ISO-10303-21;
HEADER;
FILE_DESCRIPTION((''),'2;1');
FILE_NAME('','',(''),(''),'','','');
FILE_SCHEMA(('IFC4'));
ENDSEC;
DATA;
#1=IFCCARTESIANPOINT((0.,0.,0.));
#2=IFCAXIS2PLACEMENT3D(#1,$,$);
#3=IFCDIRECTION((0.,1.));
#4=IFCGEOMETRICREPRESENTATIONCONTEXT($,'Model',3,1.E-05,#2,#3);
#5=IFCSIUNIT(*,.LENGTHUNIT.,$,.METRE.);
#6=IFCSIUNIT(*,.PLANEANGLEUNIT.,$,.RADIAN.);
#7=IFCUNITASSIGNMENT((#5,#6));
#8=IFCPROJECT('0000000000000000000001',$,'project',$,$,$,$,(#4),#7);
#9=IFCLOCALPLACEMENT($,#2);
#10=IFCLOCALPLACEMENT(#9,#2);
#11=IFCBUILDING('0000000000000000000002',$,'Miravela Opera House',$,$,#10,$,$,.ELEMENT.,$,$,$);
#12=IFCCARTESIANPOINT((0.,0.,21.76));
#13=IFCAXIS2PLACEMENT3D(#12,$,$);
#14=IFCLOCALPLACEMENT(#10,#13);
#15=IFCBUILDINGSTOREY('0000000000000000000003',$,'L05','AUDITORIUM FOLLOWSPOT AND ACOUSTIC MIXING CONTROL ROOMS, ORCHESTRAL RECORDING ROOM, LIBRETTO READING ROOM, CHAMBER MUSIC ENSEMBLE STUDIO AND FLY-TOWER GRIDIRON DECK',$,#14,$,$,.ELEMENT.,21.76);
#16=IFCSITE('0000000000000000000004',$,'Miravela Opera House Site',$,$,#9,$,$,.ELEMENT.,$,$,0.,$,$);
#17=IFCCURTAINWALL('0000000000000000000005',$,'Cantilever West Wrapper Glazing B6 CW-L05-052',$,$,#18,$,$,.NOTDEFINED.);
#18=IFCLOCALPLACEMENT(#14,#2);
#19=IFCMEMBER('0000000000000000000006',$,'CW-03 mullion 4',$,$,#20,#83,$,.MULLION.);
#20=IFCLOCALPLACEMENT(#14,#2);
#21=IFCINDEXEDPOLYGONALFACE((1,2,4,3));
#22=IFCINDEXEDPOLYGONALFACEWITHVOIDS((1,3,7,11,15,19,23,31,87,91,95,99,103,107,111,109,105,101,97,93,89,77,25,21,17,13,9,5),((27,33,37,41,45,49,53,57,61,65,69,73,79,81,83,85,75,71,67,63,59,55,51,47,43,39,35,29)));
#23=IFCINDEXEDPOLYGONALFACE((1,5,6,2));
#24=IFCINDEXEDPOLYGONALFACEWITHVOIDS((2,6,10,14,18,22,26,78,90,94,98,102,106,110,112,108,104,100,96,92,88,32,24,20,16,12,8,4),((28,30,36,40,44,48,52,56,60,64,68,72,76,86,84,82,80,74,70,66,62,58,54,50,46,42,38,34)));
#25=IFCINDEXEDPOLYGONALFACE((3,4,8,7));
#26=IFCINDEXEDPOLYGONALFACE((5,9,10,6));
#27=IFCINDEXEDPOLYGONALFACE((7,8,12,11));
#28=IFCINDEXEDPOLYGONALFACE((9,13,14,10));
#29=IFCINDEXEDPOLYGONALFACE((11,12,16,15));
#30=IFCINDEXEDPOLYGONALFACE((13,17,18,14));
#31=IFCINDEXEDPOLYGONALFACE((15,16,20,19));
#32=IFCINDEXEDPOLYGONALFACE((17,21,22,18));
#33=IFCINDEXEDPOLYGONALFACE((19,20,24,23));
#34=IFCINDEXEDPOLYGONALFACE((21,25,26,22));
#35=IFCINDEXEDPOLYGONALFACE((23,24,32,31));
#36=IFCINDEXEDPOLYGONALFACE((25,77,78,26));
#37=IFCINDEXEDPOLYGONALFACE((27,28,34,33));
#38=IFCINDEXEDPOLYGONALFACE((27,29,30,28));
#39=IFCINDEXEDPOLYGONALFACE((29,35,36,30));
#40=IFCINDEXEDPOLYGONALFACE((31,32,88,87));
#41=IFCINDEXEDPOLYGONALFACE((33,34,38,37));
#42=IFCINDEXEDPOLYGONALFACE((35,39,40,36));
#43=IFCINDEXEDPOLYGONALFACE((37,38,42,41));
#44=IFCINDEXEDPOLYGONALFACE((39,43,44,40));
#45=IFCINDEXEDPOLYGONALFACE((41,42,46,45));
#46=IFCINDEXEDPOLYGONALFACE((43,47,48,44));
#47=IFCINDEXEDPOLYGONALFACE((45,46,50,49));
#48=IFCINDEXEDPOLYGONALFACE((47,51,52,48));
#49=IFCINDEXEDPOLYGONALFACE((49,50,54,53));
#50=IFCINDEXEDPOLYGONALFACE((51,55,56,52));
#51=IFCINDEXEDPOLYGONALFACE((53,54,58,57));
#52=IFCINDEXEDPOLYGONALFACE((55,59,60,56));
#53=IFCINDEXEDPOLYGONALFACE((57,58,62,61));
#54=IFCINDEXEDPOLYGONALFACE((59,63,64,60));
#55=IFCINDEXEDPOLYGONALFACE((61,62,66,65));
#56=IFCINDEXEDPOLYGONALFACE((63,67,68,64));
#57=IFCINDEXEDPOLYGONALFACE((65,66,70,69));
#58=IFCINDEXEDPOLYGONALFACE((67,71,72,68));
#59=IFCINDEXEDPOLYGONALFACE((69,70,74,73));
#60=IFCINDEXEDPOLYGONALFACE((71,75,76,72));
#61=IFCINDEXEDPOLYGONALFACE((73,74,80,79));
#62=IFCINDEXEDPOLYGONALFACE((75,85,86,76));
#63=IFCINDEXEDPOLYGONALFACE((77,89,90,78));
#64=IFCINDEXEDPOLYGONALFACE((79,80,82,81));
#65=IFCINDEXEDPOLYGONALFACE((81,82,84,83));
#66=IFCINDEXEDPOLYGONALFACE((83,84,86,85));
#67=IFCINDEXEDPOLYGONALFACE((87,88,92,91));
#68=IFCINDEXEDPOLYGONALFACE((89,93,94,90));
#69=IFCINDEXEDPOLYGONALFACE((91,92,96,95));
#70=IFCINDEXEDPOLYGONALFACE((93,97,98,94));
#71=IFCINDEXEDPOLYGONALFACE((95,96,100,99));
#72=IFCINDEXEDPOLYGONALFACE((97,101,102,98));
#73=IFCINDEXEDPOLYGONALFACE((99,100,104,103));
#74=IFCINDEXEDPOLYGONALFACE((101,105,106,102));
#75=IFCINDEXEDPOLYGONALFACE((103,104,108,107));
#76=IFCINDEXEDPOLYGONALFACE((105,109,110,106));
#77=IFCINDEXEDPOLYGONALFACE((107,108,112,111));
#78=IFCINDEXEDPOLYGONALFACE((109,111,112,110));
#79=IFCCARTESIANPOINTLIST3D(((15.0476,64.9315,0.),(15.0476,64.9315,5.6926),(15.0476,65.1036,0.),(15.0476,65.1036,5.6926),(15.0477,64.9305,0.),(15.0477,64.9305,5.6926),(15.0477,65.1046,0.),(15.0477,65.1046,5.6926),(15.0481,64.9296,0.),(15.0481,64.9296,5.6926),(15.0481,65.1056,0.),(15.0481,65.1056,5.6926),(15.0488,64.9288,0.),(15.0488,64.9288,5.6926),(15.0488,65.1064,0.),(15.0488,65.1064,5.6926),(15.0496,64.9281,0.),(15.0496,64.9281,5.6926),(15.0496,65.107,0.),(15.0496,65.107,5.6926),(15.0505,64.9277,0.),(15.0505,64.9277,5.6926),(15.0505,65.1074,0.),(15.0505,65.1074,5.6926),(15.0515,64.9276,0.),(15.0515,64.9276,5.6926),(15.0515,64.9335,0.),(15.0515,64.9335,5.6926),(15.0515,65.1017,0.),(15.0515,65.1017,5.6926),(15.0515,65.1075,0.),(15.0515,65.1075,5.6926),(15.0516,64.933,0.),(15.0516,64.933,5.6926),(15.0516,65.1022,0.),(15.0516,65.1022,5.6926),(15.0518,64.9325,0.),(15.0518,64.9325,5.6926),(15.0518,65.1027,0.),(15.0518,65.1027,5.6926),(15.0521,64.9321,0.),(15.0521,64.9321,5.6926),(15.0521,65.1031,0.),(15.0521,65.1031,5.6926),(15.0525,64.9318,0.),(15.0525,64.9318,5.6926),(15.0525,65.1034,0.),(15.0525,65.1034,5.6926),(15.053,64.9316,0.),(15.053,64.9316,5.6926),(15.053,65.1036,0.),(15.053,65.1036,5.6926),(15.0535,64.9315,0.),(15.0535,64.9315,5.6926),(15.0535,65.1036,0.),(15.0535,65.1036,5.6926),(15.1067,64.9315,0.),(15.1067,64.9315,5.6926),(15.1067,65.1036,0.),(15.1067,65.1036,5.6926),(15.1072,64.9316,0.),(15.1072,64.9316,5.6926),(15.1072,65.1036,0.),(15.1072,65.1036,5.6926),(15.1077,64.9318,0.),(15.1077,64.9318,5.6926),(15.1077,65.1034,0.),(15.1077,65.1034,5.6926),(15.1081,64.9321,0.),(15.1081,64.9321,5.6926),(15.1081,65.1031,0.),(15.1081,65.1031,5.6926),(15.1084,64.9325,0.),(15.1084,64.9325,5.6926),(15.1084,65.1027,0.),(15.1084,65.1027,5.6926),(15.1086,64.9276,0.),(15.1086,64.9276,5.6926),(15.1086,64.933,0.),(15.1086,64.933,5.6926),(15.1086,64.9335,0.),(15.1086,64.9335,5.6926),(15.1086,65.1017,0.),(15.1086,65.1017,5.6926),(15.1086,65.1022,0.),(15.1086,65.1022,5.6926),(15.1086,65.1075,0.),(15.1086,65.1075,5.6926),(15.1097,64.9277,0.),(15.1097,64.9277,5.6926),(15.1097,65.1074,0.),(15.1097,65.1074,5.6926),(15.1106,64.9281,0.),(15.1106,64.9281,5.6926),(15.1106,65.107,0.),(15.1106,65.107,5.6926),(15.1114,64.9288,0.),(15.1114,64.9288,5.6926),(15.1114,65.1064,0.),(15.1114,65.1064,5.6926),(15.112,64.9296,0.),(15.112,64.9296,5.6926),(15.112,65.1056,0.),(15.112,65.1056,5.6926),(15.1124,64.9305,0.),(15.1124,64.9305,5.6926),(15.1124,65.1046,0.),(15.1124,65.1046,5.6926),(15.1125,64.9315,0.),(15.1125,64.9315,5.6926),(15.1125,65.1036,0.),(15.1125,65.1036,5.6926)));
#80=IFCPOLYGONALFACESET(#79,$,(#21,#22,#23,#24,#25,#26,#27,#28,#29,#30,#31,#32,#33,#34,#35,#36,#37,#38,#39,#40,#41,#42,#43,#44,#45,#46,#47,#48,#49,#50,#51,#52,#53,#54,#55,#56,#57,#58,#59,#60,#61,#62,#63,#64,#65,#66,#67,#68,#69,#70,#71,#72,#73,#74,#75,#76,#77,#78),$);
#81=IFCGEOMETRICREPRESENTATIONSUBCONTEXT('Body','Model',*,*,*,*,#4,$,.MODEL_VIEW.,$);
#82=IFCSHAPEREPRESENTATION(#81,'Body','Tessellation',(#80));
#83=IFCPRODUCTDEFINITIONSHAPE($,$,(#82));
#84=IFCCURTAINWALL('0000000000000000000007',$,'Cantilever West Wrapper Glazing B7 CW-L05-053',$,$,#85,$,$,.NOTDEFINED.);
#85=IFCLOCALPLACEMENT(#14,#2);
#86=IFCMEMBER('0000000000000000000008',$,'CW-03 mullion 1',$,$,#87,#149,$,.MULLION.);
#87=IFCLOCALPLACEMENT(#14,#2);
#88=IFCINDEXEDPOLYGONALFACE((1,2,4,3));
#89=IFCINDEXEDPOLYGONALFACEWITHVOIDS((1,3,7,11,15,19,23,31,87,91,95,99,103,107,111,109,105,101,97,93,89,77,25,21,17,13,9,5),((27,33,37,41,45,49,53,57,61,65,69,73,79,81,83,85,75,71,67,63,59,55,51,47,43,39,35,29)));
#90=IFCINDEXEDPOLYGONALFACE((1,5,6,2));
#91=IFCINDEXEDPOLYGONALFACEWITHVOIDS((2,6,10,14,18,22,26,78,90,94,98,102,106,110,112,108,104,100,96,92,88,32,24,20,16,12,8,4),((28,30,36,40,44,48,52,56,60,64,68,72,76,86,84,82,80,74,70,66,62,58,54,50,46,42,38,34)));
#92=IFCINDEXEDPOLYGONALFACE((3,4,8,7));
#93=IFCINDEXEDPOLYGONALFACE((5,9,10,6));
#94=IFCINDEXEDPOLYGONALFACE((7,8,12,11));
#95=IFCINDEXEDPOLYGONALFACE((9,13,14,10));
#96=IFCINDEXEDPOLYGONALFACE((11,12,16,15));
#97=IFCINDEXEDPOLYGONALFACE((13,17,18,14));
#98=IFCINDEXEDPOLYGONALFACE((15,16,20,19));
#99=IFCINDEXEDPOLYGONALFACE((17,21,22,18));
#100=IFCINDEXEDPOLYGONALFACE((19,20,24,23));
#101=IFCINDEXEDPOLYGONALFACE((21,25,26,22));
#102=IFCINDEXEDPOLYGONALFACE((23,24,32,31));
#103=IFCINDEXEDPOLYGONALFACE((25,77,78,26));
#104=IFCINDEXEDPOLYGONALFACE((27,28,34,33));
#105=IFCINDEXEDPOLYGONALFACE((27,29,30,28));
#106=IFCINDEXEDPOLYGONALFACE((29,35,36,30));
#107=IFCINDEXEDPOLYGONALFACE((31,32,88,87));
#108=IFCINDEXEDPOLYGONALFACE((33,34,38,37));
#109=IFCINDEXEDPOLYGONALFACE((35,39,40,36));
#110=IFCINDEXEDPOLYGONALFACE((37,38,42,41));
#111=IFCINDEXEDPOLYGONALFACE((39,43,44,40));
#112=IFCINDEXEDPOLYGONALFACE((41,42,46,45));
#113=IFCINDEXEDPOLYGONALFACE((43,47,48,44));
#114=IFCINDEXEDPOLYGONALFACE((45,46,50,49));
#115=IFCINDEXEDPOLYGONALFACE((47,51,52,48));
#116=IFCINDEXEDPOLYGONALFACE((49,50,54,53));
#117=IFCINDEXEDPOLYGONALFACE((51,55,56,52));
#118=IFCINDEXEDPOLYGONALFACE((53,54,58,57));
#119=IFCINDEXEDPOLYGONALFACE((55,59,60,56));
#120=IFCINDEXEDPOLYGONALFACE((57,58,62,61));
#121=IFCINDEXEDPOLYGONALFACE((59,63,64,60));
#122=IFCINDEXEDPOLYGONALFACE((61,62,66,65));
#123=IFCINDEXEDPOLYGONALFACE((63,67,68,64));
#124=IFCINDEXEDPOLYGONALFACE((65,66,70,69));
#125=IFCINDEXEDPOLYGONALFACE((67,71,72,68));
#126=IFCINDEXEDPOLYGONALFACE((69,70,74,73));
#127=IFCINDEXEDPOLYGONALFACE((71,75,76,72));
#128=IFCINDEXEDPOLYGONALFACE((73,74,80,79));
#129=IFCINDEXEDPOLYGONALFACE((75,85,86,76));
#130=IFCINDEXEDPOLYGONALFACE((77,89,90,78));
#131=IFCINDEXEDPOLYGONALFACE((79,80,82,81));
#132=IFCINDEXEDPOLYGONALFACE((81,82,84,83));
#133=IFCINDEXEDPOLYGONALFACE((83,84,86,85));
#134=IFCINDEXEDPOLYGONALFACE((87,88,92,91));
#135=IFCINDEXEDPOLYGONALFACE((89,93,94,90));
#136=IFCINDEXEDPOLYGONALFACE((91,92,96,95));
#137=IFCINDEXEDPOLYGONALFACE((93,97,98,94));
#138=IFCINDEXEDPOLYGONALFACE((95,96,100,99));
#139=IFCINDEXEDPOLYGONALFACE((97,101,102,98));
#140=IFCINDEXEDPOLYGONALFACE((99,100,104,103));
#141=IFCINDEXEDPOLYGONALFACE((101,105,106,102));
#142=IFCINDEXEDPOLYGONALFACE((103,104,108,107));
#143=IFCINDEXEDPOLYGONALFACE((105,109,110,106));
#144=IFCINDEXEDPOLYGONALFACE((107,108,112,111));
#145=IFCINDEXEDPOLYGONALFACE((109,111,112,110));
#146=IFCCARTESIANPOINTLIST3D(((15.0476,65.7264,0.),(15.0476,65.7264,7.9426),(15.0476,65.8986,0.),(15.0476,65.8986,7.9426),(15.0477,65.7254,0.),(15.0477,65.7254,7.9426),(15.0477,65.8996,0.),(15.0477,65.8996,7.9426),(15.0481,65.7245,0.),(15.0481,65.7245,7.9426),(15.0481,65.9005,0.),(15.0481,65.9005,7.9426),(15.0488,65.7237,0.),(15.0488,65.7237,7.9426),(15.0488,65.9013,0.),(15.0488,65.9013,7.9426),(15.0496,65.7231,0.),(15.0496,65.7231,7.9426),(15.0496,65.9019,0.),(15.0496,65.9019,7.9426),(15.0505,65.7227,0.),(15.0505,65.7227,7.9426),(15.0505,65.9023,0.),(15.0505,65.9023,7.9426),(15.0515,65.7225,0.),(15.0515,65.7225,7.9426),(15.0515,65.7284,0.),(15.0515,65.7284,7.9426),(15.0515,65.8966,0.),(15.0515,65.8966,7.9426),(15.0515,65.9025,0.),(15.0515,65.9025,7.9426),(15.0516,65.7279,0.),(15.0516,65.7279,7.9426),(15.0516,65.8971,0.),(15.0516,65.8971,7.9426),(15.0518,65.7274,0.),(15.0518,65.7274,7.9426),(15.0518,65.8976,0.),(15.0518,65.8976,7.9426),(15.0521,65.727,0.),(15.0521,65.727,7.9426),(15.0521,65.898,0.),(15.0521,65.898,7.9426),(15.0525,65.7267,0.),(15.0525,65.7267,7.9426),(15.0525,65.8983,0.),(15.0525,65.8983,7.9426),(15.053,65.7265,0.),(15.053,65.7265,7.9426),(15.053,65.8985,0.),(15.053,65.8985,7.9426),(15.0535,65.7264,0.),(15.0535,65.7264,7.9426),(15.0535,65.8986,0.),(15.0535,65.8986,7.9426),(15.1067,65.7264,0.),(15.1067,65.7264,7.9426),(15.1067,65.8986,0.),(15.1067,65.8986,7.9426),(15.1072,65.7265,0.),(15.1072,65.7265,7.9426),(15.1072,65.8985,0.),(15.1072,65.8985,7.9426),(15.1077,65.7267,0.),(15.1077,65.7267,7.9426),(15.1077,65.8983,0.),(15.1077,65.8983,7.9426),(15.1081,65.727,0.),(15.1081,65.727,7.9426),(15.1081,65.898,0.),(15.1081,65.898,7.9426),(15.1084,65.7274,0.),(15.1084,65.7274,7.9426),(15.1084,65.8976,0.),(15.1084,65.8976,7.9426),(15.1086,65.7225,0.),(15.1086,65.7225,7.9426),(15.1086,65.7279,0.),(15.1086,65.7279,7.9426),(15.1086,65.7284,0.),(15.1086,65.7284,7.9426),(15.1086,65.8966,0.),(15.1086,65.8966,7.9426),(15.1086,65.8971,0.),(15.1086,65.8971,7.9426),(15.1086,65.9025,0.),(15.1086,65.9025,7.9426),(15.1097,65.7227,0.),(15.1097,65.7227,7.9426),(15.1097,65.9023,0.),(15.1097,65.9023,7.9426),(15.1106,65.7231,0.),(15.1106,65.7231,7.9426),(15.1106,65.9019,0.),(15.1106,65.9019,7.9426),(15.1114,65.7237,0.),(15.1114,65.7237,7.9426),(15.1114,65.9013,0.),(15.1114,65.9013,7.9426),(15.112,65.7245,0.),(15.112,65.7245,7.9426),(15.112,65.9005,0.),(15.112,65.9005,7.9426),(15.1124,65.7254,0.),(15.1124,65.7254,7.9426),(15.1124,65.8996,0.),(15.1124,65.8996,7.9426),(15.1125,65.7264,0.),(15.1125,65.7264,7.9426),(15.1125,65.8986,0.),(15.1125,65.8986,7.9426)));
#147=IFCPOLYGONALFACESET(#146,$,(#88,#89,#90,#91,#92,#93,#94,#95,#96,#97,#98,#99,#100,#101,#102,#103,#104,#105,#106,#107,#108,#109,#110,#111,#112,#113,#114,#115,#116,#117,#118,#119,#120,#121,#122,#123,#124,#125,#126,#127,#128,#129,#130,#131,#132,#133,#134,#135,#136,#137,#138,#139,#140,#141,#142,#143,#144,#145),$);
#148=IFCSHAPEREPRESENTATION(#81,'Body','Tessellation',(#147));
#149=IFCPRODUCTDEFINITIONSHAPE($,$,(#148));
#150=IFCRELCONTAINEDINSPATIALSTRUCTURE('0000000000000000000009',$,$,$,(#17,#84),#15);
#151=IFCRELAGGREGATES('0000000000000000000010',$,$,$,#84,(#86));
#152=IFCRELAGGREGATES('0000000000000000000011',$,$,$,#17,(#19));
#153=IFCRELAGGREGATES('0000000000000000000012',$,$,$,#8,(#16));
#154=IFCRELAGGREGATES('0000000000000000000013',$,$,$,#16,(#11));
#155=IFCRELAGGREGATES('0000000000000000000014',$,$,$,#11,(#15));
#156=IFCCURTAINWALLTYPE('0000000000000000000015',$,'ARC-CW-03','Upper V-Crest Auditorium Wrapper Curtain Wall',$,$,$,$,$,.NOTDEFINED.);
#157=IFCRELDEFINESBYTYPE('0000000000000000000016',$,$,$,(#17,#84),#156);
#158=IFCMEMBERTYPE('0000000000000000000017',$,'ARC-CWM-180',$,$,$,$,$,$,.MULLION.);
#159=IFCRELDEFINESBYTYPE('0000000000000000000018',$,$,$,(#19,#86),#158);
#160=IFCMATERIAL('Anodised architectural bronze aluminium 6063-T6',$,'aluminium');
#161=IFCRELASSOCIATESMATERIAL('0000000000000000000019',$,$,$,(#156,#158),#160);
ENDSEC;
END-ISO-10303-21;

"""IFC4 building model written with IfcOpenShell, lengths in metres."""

from ifc_helpers import new_model, si_unit, direction, frame, origin, origin_2d, place, context, subcontext, project, spatial, hollow_rectangle, extrude, material, material_profile, profile_set, type_object, element, aggregate, save


model = new_model("IFC4")

# Units and contexts
model_context = context("Model", 3, precision=1e-05, world=origin(), true_north=direction((0.0, 1.0)))
body_context = subcontext(model_context, "Body", "Model", "MODEL_VIEW")
ifc_project = project(units=[si_unit("LENGTHUNIT", "METRE"), si_unit("PLANEANGLEUNIT", "RADIAN")], contexts=[model_context])

# Site, building, storey
site_placement = place(None, origin())
site = spatial("IfcSite", under=ifc_project, at=site_placement, Name="Miravela Opera House Site", CompositionType="ELEMENT", RefElevation=0.0)
building_placement = place(site_placement, origin())
building = spatial("IfcBuilding", under=site, at=building_placement, Name="Miravela Opera House", CompositionType="ELEMENT")
storey_placement = place(building_placement, frame((0.0, 0.0, 21.76)))
storey = spatial("IfcBuildingStorey", under=building, at=storey_placement, Name="L05", Description="AUDITORIUM FOLLOWSPOT AND ACOUSTIC MIXING CONTROL ROOMS, ORCHESTRAL RECORDING ROOM, LIBRETTO READING ROOM, CHAMBER MUSIC ENSEMBLE STUDIO AND FLY-TOWER GRIDIRON DECK", CompositionType="ELEMENT", Elevation=21.76)

# Curtain wall, member
ifc_material_1 = material(Name="Anodised architectural bronze aluminium 6063-T6", Category="aluminium")
curtain_wall_type = type_object("IfcCurtainWallType", Name="ARC-CW-03", Description="Upper V-Crest Auditorium Wrapper Curtain Wall", PredefinedType="NOTDEFINED", material=ifc_material_1)
curtain_wall_1_placement = place(storey_placement, origin())
curtain_wall_1 = element("IfcCurtainWall", 1, at=curtain_wall_1_placement, inside=storey, type_object=curtain_wall_type, Name="Cantilever West Wrapper Glazing B6 CW-L05-052", PredefinedType="NOTDEFINED")
ifc_material_profile_1 = material_profile(ifc_material_1, hollow_rectangle(XDim=0.0649, YDim=0.1799, WallThickness=0.0039, InnerFilletRadius=0.002, OuterFilletRadius=0.0039, at=origin_2d()), Name="CWM-65X180")
ifc_profile_set_1 = profile_set([ifc_material_profile_1])
member_type_1 = type_object("IfcMemberType", Name="ARC-CWM-180", PredefinedType="MULLION", material=ifc_profile_set_1)
member_1_placement = place(storey_placement, frame((15.0801, 65.0176, 0.0), z_axis=(0.0, 0.0, 1.0), x_axis=(-1.0, 0.0, 0.0)))
member_1 = element("IfcMember", 2, at=member_1_placement, type_object=member_type_1, Name="CW-03 mullion 4", PredefinedType="MULLION", context=body_context, shape_type="SweptSolid", body=[
    extrude(hollow_rectangle(XDim=0.0649, YDim=0.1799, WallThickness=0.0039, InnerFilletRadius=0.002, OuterFilletRadius=0.0039, at=origin_2d()), origin(), (0.0, 0.0, 1.0), 5.6926),
])

# Curtain wall, member
curtain_wall_2_placement = place(storey_placement, origin())
curtain_wall_2 = element("IfcCurtainWall", 3, at=curtain_wall_2_placement, inside=storey, type_object=curtain_wall_type, Name="Cantilever West Wrapper Glazing B7 CW-L05-053", PredefinedType="NOTDEFINED")
member_2_placement = place(storey_placement, frame((15.0801, 65.8125, 0.0), z_axis=(0.0, 0.0, 1.0), x_axis=(-1.0, 0.0, 0.0)))
member_2 = element("IfcMember", 4, at=member_2_placement, type_object=member_type_1, Name="CW-03 mullion 1", PredefinedType="MULLION", context=body_context, shape_type="SweptSolid", body=[
    extrude(hollow_rectangle(XDim=0.0649, YDim=0.1799, WallThickness=0.0039, InnerFilletRadius=0.002, OuterFilletRadius=0.0039, at=origin_2d()), origin(), (0.0, 0.0, 1.0), 7.9426),
])

aggregate(curtain_wall_2, [member_2])

aggregate(curtain_wall_1, [member_1])

save(model, "model.ifc")
